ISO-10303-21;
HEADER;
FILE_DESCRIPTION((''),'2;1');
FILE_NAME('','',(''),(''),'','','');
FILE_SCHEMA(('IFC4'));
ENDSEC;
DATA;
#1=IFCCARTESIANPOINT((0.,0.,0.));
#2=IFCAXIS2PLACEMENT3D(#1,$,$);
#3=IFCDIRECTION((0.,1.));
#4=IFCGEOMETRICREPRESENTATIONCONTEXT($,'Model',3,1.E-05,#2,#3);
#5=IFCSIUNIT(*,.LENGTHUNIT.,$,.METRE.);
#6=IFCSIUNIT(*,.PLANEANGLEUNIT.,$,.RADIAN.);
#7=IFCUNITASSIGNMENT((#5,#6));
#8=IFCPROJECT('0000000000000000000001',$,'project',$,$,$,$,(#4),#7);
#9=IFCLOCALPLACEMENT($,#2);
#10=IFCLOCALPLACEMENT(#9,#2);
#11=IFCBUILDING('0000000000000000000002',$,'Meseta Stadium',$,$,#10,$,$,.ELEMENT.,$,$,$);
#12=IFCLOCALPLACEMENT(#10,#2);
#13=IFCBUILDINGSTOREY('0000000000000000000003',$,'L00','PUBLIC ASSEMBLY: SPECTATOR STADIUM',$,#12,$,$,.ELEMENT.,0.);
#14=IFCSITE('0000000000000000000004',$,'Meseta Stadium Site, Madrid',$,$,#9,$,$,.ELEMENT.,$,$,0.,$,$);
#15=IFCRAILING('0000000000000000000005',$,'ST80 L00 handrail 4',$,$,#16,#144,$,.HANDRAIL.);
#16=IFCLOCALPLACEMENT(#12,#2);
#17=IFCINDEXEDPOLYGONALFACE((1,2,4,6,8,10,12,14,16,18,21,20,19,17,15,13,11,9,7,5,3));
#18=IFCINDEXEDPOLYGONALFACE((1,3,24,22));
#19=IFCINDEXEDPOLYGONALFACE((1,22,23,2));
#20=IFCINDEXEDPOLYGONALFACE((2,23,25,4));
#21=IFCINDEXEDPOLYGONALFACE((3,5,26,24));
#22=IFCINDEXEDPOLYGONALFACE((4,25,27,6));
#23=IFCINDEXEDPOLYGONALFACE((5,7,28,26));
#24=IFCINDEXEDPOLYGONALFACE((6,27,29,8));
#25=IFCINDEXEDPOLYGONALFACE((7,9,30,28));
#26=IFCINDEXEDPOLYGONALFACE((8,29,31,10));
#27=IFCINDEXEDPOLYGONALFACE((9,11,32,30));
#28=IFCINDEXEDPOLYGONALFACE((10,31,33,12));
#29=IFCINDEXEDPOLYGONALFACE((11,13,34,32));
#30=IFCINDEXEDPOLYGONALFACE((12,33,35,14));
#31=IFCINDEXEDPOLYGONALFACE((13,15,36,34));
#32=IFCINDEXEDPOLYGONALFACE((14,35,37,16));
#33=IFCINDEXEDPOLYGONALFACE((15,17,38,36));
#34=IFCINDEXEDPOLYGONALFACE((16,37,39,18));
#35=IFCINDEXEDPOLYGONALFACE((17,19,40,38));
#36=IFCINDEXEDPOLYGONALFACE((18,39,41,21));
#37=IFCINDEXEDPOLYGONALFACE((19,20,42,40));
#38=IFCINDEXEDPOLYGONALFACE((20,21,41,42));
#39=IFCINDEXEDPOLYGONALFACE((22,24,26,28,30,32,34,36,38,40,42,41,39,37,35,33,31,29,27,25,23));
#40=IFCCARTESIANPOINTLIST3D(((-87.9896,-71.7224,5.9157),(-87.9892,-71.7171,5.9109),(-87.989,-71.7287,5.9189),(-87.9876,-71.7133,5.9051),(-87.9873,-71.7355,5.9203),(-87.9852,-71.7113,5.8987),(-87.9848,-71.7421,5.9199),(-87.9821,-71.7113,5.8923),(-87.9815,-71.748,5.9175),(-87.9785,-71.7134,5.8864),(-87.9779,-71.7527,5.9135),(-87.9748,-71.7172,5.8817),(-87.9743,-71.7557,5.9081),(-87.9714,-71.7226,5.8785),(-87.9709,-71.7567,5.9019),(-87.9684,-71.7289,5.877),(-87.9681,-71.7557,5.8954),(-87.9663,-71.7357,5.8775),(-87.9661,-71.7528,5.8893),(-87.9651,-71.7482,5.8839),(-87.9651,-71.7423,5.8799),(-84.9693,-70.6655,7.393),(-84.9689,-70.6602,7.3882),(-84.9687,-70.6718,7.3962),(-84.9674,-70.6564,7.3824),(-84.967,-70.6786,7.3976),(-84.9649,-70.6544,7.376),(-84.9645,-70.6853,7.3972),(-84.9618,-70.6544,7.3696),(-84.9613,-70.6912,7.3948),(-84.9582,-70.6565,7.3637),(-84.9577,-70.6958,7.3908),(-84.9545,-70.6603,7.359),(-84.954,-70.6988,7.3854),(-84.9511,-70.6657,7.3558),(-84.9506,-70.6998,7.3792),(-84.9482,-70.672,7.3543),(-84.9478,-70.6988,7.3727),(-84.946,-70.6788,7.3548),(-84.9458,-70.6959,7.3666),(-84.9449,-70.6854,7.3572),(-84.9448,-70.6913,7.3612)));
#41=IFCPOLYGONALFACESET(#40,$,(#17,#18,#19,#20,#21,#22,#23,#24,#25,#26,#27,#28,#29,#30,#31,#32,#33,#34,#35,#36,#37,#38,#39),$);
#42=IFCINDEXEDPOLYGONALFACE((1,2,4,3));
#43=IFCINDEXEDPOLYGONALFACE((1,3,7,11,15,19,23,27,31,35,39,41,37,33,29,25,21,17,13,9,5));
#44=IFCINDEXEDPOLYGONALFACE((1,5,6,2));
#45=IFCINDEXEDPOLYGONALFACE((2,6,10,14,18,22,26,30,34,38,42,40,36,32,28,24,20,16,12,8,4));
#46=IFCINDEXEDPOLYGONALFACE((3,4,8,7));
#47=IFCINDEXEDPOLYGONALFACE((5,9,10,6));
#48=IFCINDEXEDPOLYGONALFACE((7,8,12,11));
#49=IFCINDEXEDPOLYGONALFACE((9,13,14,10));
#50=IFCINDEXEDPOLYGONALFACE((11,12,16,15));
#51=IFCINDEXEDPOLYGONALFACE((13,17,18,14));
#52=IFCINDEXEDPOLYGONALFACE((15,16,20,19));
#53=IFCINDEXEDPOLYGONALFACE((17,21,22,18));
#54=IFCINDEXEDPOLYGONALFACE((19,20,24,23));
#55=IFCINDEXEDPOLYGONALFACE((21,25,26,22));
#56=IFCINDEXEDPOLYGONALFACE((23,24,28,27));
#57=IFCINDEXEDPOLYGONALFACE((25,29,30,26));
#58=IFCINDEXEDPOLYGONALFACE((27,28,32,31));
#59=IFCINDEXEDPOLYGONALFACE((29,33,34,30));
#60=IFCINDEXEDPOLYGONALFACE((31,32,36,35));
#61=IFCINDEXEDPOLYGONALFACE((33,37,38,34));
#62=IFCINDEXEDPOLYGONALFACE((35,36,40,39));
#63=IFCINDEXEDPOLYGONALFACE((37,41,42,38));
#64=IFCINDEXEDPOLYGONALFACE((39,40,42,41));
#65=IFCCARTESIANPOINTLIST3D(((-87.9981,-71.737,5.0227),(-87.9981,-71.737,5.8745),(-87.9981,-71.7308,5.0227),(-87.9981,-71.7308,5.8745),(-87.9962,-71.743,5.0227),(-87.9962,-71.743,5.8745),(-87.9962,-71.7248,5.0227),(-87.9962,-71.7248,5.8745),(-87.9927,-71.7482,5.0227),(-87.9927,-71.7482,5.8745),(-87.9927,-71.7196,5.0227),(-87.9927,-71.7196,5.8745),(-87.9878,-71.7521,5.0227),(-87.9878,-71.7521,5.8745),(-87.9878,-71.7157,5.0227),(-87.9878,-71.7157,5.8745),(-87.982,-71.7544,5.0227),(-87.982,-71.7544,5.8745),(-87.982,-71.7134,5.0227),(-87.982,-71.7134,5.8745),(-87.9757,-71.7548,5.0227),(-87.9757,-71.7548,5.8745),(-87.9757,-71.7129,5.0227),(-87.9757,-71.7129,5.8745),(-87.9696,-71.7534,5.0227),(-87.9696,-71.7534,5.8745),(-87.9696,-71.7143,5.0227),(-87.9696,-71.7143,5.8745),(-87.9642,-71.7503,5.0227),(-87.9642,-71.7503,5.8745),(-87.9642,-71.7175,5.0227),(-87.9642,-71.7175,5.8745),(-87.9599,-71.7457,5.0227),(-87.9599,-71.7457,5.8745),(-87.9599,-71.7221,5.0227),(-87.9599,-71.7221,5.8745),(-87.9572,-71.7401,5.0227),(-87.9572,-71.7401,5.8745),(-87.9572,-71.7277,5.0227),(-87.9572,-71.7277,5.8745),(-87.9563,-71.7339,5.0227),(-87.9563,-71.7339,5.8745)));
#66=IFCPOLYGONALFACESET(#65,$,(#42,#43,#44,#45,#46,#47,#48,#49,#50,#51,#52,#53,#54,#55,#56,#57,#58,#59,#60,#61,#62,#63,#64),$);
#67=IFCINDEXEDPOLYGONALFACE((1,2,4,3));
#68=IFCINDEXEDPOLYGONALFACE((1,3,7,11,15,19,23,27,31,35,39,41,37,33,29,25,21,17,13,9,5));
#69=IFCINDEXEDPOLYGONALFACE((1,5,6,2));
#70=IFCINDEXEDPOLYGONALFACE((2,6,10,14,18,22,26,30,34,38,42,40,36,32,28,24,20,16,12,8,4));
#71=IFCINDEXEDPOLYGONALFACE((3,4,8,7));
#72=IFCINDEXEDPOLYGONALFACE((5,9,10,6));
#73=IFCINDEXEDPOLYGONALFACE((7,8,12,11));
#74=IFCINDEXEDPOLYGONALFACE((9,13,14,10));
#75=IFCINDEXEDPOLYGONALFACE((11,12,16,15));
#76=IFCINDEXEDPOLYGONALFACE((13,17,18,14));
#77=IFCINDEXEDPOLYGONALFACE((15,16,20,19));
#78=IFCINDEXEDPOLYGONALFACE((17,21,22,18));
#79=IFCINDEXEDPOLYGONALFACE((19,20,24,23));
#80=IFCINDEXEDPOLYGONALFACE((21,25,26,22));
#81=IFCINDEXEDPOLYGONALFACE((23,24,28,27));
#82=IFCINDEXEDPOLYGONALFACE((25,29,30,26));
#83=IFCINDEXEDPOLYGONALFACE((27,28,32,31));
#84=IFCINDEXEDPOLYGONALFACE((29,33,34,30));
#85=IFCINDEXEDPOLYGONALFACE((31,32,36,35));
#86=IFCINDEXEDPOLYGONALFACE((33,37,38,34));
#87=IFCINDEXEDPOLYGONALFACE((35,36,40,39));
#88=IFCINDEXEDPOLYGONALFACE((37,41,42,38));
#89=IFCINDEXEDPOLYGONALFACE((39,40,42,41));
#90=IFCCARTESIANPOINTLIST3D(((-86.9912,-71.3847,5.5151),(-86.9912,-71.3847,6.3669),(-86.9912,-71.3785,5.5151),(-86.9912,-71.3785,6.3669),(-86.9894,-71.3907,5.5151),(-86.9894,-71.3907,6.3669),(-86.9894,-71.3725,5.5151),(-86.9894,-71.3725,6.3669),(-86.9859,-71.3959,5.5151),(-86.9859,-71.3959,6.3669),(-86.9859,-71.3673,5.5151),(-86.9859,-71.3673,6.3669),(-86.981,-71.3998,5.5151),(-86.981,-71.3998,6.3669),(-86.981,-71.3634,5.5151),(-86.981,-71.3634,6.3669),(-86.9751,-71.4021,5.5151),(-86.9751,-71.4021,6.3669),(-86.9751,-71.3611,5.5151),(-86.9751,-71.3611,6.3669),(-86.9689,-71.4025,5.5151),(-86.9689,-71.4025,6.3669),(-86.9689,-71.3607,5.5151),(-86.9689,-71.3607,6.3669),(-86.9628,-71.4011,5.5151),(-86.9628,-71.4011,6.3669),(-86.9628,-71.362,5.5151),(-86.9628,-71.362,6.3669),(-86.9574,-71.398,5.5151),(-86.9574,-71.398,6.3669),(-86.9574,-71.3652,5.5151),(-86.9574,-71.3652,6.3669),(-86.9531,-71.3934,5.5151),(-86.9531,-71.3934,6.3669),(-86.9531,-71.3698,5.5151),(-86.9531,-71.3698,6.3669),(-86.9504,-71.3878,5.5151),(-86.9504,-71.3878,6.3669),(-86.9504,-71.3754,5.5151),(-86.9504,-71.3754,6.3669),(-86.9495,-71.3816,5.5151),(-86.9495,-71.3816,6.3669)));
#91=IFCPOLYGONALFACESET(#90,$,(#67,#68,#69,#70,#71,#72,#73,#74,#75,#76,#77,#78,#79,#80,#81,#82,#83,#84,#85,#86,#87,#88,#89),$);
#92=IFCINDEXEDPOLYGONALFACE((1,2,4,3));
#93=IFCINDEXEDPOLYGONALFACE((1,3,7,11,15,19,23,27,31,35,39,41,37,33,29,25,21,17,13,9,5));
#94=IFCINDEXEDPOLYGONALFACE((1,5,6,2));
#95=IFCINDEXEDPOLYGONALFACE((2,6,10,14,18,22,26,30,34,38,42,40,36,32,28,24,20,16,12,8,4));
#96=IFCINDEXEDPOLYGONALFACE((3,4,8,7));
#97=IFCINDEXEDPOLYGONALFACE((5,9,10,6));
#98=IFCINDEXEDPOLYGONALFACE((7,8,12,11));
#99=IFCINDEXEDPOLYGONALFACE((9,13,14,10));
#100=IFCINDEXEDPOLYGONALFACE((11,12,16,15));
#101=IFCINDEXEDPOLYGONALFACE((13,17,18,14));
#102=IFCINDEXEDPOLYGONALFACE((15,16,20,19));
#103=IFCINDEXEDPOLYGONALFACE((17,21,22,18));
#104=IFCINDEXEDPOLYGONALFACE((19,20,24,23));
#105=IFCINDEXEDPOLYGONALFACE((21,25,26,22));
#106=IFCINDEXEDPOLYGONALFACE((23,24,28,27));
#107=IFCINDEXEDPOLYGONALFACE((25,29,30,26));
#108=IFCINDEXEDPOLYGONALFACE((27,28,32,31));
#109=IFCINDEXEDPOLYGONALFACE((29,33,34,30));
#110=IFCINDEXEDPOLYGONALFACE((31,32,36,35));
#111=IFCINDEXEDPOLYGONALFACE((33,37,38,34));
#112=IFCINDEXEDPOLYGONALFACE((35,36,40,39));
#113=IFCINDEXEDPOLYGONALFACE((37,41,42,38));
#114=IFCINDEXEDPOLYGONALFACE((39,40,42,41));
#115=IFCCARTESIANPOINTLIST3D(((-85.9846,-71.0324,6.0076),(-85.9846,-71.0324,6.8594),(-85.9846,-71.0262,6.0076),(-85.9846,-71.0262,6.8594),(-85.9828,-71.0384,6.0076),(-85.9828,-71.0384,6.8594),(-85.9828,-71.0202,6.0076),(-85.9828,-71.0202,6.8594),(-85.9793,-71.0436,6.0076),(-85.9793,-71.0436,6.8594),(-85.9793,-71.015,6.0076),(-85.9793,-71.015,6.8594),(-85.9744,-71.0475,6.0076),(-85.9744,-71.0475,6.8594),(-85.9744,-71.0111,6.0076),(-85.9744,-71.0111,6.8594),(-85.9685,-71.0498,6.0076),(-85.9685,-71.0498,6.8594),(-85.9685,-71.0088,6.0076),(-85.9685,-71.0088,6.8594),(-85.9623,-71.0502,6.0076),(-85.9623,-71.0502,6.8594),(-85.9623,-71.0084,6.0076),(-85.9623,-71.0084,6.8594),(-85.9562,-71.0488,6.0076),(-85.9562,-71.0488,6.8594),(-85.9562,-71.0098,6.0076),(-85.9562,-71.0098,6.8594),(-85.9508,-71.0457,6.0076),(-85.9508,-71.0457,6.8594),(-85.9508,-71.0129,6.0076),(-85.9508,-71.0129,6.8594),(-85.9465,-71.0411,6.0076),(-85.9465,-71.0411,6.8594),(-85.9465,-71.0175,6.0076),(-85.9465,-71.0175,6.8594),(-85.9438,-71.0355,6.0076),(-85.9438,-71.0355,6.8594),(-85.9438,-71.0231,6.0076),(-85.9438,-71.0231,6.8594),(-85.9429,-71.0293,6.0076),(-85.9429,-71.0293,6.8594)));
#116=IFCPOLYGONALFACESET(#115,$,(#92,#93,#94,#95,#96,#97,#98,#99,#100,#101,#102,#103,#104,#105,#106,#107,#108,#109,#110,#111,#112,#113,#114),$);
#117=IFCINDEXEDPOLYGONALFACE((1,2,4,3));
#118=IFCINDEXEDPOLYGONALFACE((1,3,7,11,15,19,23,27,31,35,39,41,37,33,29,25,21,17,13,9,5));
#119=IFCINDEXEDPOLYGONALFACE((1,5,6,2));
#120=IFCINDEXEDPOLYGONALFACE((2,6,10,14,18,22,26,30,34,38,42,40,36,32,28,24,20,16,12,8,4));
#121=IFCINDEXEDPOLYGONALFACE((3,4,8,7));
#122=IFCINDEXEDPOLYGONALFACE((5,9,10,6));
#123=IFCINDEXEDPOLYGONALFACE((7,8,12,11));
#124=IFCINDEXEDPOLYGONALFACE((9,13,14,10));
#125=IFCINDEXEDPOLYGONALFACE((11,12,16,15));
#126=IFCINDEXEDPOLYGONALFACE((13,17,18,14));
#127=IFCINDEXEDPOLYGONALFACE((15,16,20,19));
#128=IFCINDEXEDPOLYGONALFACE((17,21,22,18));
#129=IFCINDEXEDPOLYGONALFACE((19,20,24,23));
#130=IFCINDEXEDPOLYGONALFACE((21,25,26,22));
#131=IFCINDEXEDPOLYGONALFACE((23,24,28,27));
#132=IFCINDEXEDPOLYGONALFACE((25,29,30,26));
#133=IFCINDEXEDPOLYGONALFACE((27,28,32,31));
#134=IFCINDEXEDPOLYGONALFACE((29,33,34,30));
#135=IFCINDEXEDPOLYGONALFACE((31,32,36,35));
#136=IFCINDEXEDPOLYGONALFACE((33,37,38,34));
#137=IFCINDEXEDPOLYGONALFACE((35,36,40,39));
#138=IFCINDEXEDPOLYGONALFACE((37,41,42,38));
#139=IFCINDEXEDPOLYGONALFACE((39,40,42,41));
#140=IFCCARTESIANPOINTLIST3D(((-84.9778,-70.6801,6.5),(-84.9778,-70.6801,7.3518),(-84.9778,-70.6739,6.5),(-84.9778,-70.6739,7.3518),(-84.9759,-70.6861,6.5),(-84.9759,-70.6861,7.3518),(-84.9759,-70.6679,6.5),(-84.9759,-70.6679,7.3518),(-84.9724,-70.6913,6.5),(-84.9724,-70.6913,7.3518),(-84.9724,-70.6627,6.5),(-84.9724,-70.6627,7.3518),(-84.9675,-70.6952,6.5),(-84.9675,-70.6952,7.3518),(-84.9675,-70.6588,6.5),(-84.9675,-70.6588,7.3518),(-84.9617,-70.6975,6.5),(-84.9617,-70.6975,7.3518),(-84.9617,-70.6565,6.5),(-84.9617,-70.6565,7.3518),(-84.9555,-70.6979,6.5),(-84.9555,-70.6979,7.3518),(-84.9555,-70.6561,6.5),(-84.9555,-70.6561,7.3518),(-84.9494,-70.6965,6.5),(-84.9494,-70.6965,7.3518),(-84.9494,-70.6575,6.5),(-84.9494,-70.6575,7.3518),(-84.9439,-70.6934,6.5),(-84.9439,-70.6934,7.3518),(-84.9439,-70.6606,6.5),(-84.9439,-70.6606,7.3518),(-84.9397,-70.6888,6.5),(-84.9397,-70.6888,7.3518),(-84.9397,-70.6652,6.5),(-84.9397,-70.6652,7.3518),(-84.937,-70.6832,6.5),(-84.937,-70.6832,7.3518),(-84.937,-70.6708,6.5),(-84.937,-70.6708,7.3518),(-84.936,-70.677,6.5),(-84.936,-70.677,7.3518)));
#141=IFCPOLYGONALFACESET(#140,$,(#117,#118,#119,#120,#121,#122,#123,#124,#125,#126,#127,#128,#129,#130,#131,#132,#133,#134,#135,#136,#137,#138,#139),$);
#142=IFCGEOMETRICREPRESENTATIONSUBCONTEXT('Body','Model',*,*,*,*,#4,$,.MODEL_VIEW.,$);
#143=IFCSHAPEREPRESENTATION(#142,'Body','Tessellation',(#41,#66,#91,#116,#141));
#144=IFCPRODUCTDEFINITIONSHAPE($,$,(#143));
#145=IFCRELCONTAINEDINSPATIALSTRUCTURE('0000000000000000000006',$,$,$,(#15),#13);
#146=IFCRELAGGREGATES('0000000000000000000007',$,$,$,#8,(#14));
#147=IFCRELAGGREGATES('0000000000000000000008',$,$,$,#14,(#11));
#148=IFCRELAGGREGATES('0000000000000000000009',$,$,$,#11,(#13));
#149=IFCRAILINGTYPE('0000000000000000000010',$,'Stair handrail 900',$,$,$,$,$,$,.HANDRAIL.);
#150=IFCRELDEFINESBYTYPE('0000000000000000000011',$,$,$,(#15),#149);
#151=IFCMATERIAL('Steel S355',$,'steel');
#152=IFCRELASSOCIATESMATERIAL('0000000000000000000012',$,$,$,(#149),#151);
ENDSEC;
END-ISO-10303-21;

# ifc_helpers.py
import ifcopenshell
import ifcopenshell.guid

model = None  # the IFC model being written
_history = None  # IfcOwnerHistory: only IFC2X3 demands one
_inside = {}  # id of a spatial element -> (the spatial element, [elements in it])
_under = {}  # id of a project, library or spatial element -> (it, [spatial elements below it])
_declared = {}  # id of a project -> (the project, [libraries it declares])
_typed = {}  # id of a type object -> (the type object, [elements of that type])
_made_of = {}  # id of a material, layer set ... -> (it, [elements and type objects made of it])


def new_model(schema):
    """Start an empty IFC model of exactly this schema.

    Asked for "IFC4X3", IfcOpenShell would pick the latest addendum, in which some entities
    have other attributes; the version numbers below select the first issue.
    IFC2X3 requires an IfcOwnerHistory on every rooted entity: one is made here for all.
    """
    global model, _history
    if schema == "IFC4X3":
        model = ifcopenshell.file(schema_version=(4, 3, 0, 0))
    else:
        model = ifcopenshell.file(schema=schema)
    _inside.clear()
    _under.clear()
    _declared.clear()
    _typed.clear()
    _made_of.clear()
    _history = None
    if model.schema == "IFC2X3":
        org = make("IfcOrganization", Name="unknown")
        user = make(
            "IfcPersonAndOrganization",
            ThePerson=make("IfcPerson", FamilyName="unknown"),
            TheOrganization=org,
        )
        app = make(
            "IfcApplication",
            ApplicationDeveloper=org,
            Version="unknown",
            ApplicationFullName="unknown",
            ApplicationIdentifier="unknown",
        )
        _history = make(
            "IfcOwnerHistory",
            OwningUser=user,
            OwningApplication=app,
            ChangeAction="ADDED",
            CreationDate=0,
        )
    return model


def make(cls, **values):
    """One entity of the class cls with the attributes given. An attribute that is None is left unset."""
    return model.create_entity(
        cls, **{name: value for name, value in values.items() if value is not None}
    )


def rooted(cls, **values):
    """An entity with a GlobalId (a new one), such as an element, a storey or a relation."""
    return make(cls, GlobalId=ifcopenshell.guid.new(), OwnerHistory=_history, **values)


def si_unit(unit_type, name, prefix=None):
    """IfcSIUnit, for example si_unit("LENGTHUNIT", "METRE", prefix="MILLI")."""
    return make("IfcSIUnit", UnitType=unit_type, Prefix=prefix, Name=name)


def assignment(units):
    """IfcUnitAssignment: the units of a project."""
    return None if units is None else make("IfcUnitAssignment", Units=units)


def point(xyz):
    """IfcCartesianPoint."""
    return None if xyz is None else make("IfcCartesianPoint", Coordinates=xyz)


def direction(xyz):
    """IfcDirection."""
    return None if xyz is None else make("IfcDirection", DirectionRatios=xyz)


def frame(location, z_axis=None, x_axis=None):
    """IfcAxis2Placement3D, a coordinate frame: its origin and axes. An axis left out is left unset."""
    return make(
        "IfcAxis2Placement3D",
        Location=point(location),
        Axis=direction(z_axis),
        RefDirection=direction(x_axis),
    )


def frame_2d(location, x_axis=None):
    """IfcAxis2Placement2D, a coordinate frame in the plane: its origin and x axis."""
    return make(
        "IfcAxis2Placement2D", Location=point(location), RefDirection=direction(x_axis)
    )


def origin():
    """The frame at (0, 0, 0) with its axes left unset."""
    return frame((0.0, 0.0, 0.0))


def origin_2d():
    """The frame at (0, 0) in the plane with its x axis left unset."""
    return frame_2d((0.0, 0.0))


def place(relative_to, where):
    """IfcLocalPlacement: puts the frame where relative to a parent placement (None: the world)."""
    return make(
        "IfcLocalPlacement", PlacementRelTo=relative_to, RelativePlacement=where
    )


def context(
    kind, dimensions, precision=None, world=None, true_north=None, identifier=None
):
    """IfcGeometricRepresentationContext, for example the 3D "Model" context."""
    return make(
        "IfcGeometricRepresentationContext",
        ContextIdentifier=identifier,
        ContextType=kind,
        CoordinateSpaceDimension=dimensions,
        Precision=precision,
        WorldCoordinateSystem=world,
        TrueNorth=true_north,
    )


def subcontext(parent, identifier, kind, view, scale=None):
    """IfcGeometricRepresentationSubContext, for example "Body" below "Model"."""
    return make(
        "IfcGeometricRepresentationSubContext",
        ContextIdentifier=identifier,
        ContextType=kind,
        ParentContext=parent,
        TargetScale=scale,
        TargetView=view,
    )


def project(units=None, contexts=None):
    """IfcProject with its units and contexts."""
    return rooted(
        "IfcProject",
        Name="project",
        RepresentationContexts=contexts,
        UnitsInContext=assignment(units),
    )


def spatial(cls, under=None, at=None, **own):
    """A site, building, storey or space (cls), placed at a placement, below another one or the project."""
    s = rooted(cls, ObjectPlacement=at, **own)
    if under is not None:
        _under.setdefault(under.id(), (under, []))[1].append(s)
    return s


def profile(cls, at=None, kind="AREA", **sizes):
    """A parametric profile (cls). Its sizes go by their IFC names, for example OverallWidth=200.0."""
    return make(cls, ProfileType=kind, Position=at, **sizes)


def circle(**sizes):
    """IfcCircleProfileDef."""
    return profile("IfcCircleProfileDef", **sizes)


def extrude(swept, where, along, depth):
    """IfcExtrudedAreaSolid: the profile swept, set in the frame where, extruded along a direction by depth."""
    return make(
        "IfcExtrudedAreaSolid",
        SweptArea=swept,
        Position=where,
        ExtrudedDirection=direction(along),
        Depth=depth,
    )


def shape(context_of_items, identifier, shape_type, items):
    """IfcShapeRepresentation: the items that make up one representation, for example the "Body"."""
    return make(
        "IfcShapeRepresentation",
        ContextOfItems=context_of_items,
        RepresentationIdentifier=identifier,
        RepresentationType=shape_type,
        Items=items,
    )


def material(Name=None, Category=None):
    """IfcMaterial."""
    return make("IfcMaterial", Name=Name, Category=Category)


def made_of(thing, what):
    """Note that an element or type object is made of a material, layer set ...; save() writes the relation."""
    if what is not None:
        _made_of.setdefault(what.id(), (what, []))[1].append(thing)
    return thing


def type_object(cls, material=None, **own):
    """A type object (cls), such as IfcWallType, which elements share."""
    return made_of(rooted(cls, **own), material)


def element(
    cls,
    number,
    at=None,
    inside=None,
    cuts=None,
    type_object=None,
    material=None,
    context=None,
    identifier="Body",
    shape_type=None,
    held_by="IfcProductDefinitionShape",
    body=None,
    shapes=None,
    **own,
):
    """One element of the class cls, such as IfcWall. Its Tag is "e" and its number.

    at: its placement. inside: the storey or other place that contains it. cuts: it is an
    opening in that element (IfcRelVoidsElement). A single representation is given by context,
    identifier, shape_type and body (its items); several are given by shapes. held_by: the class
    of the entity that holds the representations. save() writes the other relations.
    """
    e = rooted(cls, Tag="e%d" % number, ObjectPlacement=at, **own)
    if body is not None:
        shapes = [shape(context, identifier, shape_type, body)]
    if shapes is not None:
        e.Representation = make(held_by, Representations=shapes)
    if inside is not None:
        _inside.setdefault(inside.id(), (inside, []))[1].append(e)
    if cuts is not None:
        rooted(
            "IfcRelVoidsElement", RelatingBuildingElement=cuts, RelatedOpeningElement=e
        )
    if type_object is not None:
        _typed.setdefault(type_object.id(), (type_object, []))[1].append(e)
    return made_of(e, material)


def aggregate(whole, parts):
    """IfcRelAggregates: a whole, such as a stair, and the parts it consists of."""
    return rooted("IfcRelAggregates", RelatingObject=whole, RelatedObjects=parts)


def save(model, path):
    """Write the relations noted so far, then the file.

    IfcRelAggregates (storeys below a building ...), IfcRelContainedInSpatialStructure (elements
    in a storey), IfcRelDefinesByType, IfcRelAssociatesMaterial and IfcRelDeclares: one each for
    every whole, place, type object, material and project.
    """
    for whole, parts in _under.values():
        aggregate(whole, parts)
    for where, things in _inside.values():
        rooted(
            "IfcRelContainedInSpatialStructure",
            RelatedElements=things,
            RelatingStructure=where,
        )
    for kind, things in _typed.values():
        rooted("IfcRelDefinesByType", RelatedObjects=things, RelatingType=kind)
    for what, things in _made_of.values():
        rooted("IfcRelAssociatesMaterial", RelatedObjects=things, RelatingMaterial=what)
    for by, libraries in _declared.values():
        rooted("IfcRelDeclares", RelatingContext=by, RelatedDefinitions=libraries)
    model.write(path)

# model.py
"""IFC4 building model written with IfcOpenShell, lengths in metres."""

from ifc_helpers import new_model, si_unit, direction, frame, origin, origin_2d, place, context, subcontext, project, spatial, circle, extrude, material, type_object, element, save


model = new_model("IFC4")

# Units and contexts
model_context = context("Model", 3, precision=1e-05, world=origin(), true_north=direction((0.0, 1.0)))
body_context = subcontext(model_context, "Body", "Model", "MODEL_VIEW")
ifc_project = project(units=[si_unit("LENGTHUNIT", "METRE"), si_unit("PLANEANGLEUNIT", "RADIAN")], contexts=[model_context])

# Site, building, storey
site_placement = place(None, origin())
site = spatial("IfcSite", under=ifc_project, at=site_placement, Name="Meseta Stadium Site, Madrid", CompositionType="ELEMENT", RefElevation=0.0)
building_placement = place(site_placement, origin())
building = spatial("IfcBuilding", under=site, at=building_placement, Name="Meseta Stadium", CompositionType="ELEMENT")
storey_placement = place(building_placement, origin())
storey = spatial("IfcBuildingStorey", under=building, at=storey_placement, Name="L00", Description="PUBLIC ASSEMBLY: SPECTATOR STADIUM", CompositionType="ELEMENT", Elevation=0.0)

# Railing
ifc_material_1 = material(Name="Steel S355", Category="steel")
railing_type_1 = type_object("IfcRailingType", Name="Stair handrail 900", PredefinedType="HANDRAIL", material=ifc_material_1)
railing_1_placement = place(storey_placement, frame((-87.9773, -71.7339, 5.0227)))
element("IfcRailing", 1, at=railing_1_placement, inside=storey, type_object=railing_type_1, Name="ST80 L00 handrail 4", PredefinedType="HANDRAIL", context=body_context, shape_type="SweptSolid", body=[
    extrude(circle(Radius=0.0239, at=origin_2d()), frame((0.0, 0.0, 0.876), z_axis=(0.856958, 0.299876, 0.419162), x_axis=(-0.330293, 0.943879, 0.0)), (0.0, 0.0, 1.0), 3.5244),
    extrude(circle(Radius=0.021, at=origin_2d()), origin(), (0.0, 0.0, 1.0), 0.8518),
    extrude(circle(Radius=0.021, at=origin_2d()), frame((1.0068, 0.3523, 0.4924)), (0.0, 0.0, 1.0), 0.8518),
    extrude(circle(Radius=0.021, at=origin_2d()), frame((2.0134, 0.7046, 0.9849)), (0.0, 0.0, 1.0), 0.8518),
    extrude(circle(Radius=0.021, at=origin_2d()), frame((3.0203, 1.0569, 1.4773)), (0.0, 0.0, 1.0), 0.8518),
])

save(model, "model.ifc")
